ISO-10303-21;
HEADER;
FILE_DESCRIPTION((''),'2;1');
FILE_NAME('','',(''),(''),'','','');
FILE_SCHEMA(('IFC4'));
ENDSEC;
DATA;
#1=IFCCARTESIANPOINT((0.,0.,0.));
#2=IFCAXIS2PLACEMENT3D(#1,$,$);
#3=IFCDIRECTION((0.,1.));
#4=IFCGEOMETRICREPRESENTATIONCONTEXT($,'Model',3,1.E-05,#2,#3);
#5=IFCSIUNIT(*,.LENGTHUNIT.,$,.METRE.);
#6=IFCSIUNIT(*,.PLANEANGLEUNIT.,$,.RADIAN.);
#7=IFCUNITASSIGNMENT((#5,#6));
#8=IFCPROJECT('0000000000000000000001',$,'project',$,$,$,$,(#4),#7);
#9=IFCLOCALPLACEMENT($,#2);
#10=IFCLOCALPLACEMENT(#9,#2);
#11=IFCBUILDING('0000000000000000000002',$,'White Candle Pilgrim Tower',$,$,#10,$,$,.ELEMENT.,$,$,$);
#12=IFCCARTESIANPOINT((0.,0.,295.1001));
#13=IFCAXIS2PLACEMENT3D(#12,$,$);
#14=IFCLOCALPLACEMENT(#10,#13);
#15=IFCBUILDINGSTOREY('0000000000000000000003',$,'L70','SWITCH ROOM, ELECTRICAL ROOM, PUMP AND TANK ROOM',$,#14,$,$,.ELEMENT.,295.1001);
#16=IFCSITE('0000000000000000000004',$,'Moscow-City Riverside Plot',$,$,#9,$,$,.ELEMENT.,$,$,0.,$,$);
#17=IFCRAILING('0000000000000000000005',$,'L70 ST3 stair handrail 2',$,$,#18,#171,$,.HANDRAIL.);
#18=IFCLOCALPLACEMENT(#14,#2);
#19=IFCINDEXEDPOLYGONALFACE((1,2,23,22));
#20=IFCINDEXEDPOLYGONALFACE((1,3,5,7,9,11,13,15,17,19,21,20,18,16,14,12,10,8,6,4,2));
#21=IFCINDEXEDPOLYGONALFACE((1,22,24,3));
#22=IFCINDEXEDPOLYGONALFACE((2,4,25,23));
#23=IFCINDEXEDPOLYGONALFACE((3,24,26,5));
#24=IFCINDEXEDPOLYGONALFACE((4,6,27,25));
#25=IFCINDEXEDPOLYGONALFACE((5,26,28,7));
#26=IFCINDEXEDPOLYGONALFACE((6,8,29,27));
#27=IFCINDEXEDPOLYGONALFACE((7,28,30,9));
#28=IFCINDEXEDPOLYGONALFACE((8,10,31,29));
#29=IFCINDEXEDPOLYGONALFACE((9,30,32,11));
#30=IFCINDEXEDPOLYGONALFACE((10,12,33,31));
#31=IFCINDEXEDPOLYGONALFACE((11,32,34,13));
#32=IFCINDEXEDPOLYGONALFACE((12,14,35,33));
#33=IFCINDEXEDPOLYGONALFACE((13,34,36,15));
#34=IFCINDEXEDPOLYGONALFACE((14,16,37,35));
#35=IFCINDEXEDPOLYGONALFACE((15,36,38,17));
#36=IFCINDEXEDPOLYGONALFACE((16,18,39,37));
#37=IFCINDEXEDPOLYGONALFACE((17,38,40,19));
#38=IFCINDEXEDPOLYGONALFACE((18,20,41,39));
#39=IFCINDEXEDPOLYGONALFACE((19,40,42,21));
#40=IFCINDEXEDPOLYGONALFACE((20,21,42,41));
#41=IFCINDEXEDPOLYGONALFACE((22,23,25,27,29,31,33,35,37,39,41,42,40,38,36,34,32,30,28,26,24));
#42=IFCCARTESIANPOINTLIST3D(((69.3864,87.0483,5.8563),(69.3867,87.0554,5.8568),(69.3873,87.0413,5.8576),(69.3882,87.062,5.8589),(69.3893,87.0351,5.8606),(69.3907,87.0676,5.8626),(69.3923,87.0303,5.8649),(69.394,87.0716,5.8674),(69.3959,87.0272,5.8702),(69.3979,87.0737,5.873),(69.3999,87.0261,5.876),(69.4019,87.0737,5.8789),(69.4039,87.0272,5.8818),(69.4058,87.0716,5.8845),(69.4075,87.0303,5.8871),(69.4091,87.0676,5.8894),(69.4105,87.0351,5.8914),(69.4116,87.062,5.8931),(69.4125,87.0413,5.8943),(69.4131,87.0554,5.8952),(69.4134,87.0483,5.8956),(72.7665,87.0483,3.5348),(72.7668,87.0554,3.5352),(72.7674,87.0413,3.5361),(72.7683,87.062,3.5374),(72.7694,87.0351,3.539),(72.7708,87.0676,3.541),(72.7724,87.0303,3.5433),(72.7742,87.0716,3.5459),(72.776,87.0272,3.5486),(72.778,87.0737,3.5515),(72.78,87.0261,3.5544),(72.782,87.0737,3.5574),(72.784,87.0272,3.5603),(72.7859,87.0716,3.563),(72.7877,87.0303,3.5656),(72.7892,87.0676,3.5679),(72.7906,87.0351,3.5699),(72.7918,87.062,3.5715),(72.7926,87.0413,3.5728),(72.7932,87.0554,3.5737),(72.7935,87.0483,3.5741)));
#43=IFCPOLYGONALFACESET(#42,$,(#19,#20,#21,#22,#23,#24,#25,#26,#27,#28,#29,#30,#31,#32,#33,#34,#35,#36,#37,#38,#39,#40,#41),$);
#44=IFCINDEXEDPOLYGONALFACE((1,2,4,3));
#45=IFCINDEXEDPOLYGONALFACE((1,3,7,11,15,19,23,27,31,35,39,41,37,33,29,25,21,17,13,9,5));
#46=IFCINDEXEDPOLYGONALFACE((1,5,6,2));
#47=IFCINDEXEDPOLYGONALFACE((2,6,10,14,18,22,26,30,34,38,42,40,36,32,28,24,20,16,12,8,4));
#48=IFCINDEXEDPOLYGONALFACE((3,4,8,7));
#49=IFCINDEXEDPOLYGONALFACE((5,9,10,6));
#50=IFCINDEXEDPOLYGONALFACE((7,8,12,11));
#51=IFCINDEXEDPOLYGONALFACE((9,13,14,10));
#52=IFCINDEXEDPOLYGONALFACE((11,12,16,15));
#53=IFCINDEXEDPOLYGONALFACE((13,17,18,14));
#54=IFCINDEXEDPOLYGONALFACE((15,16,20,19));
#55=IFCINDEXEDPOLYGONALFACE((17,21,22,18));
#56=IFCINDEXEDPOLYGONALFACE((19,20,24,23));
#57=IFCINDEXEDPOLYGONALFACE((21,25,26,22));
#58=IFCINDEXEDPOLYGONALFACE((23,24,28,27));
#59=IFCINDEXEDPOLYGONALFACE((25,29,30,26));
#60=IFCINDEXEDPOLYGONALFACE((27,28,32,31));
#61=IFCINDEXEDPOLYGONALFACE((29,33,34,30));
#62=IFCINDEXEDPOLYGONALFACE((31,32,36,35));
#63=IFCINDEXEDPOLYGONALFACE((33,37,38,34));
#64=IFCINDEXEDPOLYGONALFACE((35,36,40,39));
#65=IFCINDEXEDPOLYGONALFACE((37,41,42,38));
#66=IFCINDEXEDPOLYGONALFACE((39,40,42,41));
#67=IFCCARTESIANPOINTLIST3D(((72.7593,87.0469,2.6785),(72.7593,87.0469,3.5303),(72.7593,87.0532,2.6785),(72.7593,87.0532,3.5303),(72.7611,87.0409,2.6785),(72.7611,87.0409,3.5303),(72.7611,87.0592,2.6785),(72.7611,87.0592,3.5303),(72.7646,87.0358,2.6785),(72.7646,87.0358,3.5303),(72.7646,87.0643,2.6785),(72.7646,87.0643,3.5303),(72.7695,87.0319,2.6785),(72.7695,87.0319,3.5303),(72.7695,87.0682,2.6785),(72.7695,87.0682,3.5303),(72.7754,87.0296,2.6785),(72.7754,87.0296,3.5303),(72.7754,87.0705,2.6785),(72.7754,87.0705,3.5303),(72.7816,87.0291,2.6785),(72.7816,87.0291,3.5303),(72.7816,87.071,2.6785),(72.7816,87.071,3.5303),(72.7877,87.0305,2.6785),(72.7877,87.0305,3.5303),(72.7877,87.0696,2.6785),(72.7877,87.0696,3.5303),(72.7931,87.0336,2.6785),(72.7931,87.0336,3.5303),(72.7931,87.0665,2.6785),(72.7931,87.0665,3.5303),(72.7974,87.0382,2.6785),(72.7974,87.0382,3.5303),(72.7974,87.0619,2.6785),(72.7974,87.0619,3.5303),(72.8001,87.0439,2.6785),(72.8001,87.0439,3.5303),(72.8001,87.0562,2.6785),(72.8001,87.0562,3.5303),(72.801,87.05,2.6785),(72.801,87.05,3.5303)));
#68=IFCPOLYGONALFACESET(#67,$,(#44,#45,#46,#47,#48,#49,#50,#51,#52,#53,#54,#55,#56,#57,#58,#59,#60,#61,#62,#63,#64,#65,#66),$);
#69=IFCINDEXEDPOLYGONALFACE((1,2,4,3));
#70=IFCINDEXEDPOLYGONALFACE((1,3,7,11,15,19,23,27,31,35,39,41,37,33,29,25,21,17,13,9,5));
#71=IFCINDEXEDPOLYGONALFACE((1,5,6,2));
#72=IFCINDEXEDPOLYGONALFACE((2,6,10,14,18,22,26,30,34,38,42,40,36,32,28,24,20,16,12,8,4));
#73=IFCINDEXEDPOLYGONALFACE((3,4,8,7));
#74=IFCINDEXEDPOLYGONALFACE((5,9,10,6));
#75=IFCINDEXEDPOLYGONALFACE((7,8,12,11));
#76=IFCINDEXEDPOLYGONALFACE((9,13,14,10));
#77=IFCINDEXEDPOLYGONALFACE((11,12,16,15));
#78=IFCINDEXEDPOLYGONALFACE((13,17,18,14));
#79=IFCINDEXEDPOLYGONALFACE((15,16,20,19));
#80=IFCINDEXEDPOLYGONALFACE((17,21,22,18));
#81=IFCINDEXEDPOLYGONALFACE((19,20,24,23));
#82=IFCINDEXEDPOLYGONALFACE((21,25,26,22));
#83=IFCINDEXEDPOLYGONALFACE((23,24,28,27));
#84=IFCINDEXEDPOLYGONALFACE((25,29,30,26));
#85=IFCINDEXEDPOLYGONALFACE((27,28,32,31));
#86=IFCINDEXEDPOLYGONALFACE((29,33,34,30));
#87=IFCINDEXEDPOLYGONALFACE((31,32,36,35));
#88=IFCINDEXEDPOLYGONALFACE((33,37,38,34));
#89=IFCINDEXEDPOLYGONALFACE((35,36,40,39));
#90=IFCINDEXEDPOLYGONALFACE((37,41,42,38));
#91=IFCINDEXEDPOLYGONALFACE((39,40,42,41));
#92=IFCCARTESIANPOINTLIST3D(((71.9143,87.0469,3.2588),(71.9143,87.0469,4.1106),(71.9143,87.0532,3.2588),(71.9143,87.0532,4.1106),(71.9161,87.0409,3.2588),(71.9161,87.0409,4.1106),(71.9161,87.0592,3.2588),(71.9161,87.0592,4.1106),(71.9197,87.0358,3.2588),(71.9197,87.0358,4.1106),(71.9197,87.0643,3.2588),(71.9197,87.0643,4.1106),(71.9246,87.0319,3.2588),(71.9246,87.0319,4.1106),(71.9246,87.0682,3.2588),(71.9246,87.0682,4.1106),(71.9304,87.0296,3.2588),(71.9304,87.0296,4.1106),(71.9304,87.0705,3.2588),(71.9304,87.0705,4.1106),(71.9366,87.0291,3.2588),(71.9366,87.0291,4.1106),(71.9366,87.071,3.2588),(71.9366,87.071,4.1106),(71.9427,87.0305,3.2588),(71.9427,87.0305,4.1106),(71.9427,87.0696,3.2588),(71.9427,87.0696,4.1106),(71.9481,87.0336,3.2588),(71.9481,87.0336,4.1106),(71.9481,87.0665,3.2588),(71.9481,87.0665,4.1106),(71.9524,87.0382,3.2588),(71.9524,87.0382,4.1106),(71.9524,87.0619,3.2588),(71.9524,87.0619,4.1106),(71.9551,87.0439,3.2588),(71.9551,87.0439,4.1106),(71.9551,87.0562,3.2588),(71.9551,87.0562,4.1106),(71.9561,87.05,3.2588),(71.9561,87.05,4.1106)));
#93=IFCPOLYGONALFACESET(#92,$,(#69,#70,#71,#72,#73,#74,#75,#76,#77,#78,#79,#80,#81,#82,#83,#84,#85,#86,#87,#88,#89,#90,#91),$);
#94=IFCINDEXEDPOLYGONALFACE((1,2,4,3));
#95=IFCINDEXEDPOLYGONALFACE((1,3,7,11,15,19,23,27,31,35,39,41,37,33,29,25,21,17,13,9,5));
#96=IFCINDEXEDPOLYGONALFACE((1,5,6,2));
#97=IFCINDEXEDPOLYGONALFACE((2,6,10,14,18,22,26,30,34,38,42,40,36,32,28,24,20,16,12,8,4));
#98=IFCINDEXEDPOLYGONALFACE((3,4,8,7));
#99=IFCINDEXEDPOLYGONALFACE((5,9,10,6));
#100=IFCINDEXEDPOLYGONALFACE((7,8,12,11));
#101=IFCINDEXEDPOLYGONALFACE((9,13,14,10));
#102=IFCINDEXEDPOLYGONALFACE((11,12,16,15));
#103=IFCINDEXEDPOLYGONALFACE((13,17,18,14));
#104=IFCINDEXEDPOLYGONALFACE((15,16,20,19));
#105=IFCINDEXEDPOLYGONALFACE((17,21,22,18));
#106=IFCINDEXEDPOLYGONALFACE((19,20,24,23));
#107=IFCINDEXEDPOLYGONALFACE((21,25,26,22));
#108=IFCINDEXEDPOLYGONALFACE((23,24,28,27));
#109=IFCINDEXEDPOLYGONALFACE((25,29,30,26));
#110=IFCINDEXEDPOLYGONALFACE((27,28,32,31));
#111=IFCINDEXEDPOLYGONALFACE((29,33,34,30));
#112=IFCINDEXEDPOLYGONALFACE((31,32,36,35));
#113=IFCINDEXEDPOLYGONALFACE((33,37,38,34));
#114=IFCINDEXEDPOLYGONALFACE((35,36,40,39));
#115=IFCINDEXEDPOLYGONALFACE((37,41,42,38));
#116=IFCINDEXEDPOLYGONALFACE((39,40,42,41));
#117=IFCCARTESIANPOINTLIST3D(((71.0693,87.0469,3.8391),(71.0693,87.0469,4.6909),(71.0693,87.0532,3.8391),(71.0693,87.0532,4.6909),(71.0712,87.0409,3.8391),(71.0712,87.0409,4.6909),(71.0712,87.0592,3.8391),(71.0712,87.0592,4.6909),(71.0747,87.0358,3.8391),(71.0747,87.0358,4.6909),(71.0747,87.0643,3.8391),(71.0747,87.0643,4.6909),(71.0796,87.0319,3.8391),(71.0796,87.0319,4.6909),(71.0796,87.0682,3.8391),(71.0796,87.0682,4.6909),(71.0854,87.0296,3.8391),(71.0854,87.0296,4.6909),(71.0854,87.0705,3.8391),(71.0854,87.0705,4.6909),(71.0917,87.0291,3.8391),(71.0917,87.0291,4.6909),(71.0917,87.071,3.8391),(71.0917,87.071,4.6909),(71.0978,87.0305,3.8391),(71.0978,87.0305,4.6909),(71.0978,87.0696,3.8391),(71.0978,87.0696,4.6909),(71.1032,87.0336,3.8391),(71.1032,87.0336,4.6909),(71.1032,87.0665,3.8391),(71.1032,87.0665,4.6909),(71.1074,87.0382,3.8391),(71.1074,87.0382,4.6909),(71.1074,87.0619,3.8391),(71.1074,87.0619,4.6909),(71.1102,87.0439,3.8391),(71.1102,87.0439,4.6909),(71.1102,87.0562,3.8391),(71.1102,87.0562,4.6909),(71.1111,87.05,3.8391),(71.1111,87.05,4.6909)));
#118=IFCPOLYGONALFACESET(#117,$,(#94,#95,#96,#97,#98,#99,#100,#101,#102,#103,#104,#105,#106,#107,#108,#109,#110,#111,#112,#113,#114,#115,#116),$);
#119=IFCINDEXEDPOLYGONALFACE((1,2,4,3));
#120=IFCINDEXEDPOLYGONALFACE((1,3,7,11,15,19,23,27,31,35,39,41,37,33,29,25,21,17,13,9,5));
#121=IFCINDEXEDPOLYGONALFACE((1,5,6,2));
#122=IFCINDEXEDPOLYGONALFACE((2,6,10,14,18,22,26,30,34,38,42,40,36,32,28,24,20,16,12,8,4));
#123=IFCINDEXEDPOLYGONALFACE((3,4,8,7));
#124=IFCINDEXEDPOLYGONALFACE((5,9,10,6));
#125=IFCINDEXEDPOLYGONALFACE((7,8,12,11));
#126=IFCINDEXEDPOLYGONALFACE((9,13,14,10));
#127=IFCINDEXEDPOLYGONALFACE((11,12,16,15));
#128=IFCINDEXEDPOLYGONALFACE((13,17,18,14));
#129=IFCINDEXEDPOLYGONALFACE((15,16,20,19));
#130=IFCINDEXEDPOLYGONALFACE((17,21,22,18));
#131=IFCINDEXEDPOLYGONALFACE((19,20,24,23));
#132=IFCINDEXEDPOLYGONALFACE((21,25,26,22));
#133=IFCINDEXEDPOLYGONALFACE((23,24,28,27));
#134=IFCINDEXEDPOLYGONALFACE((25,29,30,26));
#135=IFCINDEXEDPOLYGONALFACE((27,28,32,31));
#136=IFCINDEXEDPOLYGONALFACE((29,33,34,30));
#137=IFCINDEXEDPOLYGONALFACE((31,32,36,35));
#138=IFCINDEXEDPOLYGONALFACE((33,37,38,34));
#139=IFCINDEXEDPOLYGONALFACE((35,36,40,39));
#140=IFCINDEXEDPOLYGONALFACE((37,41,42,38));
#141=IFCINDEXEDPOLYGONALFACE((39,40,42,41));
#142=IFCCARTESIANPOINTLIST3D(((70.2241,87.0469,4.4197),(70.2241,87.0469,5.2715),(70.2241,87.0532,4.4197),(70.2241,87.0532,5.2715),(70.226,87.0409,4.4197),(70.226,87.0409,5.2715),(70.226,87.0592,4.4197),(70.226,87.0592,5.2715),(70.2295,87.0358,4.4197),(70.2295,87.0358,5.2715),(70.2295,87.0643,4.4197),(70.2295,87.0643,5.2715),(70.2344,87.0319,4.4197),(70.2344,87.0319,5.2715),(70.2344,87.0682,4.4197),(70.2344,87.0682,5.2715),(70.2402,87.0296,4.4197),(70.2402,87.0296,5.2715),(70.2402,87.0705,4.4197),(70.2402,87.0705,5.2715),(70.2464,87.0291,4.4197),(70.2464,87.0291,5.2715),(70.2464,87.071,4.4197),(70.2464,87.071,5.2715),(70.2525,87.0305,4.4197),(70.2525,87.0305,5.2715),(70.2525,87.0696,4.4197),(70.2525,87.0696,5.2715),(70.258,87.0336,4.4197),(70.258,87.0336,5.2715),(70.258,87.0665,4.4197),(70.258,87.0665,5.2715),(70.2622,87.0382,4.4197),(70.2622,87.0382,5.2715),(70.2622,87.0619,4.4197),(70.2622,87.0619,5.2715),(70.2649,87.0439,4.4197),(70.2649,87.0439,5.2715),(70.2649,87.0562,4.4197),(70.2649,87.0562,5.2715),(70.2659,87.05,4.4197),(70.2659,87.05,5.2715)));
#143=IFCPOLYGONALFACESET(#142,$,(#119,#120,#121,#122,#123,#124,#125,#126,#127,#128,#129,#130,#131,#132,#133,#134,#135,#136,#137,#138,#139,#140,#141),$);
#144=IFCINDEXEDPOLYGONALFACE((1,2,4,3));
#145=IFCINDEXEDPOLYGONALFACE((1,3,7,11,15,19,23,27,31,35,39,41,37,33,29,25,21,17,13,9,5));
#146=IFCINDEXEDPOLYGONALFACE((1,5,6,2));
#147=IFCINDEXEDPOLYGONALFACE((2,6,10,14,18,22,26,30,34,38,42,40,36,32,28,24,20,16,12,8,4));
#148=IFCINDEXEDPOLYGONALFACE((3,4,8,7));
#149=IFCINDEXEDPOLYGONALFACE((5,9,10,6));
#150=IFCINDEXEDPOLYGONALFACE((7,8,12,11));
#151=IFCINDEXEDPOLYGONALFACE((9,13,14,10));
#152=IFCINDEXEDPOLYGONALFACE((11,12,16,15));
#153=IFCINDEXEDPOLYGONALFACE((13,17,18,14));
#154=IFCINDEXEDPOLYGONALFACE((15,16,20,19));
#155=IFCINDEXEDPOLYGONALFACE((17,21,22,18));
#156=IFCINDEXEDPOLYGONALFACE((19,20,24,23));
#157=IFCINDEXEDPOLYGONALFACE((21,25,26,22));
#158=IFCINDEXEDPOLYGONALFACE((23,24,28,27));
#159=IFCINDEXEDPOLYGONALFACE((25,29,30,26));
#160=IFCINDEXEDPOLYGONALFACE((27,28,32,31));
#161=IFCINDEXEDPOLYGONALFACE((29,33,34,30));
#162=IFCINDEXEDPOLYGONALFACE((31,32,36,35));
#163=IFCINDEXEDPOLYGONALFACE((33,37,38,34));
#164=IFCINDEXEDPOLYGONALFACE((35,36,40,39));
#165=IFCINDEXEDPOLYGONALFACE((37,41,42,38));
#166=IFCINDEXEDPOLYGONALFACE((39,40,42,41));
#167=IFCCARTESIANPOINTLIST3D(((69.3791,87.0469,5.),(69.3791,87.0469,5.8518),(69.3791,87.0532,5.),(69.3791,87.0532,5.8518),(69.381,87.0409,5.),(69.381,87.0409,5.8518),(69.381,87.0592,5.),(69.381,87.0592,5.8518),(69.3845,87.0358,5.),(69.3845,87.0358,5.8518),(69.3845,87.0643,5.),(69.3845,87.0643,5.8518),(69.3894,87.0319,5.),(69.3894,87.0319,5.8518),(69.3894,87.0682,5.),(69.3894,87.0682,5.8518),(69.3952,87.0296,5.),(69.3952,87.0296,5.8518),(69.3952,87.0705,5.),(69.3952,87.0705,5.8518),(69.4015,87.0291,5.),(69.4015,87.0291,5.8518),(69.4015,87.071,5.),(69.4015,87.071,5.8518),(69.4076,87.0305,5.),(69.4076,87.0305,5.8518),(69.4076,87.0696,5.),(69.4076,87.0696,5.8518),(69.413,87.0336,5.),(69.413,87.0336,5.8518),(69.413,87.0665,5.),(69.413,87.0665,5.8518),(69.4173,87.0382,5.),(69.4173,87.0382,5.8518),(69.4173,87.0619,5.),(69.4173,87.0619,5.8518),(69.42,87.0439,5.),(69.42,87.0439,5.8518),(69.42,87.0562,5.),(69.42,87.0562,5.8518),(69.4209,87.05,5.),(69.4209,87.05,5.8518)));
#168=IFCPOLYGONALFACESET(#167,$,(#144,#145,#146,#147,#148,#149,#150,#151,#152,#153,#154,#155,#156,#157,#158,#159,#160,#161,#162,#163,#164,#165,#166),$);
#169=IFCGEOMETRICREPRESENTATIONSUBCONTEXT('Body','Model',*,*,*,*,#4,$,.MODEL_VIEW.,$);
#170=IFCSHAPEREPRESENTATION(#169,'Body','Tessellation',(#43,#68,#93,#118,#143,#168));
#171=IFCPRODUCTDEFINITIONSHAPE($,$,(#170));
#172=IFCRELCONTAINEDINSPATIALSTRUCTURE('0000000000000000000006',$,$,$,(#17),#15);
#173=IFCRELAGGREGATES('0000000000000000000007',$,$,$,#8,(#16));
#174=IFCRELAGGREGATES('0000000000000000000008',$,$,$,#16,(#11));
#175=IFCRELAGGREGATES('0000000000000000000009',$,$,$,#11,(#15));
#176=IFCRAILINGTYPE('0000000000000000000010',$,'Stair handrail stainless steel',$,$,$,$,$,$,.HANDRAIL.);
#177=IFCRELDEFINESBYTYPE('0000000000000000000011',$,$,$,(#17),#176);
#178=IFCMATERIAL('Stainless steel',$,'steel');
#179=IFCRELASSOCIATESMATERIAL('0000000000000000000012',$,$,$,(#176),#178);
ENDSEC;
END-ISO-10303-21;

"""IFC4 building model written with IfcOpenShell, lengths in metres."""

from ifc_helpers import new_model, si_unit, direction, frame, origin, origin_2d, place, context, subcontext, project, spatial, circle, extrude, material, type_object, element, save


model = new_model("IFC4")

# Units and contexts
model_context = context("Model", 3, precision=1e-05, world=origin(), true_north=direction((0.0, 1.0)))
body_context = subcontext(model_context, "Body", "Model", "MODEL_VIEW")
ifc_project = project(units=[si_unit("LENGTHUNIT", "METRE"), si_unit("PLANEANGLEUNIT", "RADIAN")], contexts=[model_context])

# Site, building, storey
site_placement = place(None, origin())
site = spatial("IfcSite", under=ifc_project, at=site_placement, Name="Moscow-City Riverside Plot", CompositionType="ELEMENT", RefElevation=0.0)
building_placement = place(site_placement, origin())
building = spatial("IfcBuilding", under=site, at=building_placement, Name="White Candle Pilgrim Tower", CompositionType="ELEMENT")
storey_placement = place(building_placement, frame((0.0, 0.0, 295.1001)))
storey = spatial("IfcBuildingStorey", under=building, at=storey_placement, Name="L70", Description="SWITCH ROOM, ELECTRICAL ROOM, PUMP AND TANK ROOM", CompositionType="ELEMENT", Elevation=295.1001)

# Railing
ifc_material_1 = material(Name="Stainless steel", Category="steel")
railing_type_1 = type_object("IfcRailingType", Name="Stair handrail stainless steel", PredefinedType="HANDRAIL", material=ifc_material_1)
railing_1_placement = place(storey_placement, frame((72.78, 87.05, 2.6785)))
element("IfcRailing", 1, at=railing_1_placement, inside=storey, type_object=railing_type_1, Name="L70 ST3 stair handrail 2", PredefinedType="HANDRAIL", context=body_context, shape_type="SweptSolid", body=[
    extrude(circle(Radius=0.0239, at=origin_2d()), frame((0.0, 0.0, 0.876), z_axis=(-0.824304, 0.0, 0.566147), x_axis=(0.0, -1.0, 0.0)), (0.0, 0.0, 1.0), 4.1006),
    extrude(circle(Radius=0.021, at=origin_2d()), origin(), (0.0, 0.0, 1.0), 0.8518),
    extrude(circle(Radius=0.021, at=origin_2d()), frame((-0.845, 0.0, 0.5803)), (0.0, 0.0, 1.0), 0.8518),
    extrude(circle(Radius=0.021, at=origin_2d()), frame((-1.6899, 0.0, 1.1606)), (0.0, 0.0, 1.0), 0.8518),
    extrude(circle(Radius=0.021, at=origin_2d()), frame((-2.5352, 0.0, 1.7412)), (0.0, 0.0, 1.0), 0.8518),
    extrude(circle(Radius=0.021, at=origin_2d()), frame((-3.3801, 0.0, 2.3215)), (0.0, 0.0, 1.0), 0.8518),
])

save(model, "model.ifc")
